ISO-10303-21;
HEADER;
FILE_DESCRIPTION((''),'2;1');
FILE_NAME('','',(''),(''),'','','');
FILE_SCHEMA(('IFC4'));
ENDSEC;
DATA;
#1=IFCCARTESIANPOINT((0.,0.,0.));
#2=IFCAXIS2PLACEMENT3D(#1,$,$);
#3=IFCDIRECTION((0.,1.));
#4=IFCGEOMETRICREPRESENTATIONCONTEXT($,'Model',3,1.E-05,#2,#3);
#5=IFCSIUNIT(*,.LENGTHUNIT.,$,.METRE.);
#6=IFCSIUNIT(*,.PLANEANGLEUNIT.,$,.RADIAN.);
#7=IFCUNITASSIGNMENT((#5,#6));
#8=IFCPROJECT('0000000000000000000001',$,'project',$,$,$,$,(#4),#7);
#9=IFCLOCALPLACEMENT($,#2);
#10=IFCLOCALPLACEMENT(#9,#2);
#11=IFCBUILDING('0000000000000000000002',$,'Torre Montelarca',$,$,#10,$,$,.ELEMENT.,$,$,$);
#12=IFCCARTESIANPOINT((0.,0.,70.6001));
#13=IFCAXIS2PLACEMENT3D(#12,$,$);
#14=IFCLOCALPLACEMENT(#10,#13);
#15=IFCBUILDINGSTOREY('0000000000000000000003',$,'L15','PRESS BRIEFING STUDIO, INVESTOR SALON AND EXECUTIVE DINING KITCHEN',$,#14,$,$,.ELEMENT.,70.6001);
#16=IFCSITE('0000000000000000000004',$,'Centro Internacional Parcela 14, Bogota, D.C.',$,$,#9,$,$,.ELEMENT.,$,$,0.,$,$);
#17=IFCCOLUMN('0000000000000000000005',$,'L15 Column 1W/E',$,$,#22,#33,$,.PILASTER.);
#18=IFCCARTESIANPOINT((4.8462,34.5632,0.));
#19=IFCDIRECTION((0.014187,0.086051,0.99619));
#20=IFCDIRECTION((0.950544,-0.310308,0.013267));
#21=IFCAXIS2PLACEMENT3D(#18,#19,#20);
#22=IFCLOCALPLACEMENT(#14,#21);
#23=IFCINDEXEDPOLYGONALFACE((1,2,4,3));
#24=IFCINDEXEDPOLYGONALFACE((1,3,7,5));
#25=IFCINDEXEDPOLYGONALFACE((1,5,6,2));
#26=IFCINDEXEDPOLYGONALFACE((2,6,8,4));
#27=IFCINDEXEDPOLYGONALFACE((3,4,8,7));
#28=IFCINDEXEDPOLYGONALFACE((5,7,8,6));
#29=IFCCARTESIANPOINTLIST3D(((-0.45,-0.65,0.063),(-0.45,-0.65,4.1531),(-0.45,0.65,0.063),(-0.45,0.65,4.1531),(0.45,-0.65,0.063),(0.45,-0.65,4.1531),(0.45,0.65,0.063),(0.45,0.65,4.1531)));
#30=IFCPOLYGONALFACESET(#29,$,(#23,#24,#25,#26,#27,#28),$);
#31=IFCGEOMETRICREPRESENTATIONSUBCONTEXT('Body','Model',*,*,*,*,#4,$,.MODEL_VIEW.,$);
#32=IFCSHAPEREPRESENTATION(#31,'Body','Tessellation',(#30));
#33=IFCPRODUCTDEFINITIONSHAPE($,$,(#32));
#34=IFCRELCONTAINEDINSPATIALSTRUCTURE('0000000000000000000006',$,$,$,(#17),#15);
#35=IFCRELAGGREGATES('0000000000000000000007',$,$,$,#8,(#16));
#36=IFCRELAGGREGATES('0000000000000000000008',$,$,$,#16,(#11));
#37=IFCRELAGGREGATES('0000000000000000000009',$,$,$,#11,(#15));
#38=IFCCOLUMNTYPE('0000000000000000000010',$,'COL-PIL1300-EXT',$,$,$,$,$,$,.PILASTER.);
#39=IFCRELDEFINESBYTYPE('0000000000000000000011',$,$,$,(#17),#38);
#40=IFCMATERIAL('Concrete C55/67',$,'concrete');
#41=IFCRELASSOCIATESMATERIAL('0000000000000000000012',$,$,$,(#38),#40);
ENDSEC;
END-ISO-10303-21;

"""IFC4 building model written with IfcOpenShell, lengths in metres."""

from ifc_helpers import new_model, si_unit, direction, frame, origin, origin_2d, place, context, subcontext, project, spatial, rectangle, extrude, clip, halfspace, material, material_profile, profile_set, type_object, element, save


model = new_model("IFC4")

# Units and contexts
model_context = context("Model", 3, precision=1e-05, world=origin(), true_north=direction((0.0, 1.0)))
body_context = subcontext(model_context, "Body", "Model", "MODEL_VIEW")
ifc_project = project(units=[si_unit("LENGTHUNIT", "METRE"), si_unit("PLANEANGLEUNIT", "RADIAN")], contexts=[model_context])

# Site, building, storey
site_placement = place(None, origin())
site = spatial("IfcSite", under=ifc_project, at=site_placement, Name="Centro Internacional Parcela 14, Bogota, D.C.", CompositionType="ELEMENT", RefElevation=0.0)
building_placement = place(site_placement, origin())
building = spatial("IfcBuilding", under=site, at=building_placement, Name="Torre Montelarca", CompositionType="ELEMENT")
storey_placement = place(building_placement, frame((0.0, 0.0, 70.6001)))
storey = spatial("IfcBuildingStorey", under=building, at=storey_placement, Name="L15", Description="PRESS BRIEFING STUDIO, INVESTOR SALON AND EXECUTIVE DINING KITCHEN", CompositionType="ELEMENT", Elevation=70.6001)

# Column
ifc_material_1 = material(Name="Concrete C55/67", Category="concrete")
ifc_material_profile_1 = material_profile(ifc_material_1, rectangle(XDim=0.8999, YDim=1.3, at=origin_2d()), Name="RC1300X900", Category="concrete")
ifc_profile_set_1 = profile_set([ifc_material_profile_1], Name="Concrete C55/67")
column_type = type_object("IfcColumnType", Name="COL-PIL1300-EXT", PredefinedType="PILASTER", material=ifc_profile_set_1)
column_placement = place(storey_placement, frame((4.8462, 34.5632, 0.0), z_axis=(0.014187, 0.086051, 0.99619), x_axis=(0.950544, -0.310308, 0.013267)))
element("IfcColumn", 1, at=column_placement, inside=storey, type_object=column_type, Name="L15 Column 1W/E", PredefinedType="PILASTER", context=body_context, shape_type="Clipping", body=[
    clip(clip(extrude(rectangle(XDim=0.8999, YDim=1.3, at=origin_2d()), origin(), (0.0, 0.0, 1.0), 4.2161), halfspace(frame((0.0, 0.0, 0.063), z_axis=(0.0, 0.0, -1.0), x_axis=(1.0, 0.0, 0.0)), False)), halfspace(frame((0.0, 0.0, 4.1531), z_axis=(0.0, 0.0, 1.0), x_axis=(1.0, 0.0, 0.0)), False)),
])

save(model, "model.ifc")
